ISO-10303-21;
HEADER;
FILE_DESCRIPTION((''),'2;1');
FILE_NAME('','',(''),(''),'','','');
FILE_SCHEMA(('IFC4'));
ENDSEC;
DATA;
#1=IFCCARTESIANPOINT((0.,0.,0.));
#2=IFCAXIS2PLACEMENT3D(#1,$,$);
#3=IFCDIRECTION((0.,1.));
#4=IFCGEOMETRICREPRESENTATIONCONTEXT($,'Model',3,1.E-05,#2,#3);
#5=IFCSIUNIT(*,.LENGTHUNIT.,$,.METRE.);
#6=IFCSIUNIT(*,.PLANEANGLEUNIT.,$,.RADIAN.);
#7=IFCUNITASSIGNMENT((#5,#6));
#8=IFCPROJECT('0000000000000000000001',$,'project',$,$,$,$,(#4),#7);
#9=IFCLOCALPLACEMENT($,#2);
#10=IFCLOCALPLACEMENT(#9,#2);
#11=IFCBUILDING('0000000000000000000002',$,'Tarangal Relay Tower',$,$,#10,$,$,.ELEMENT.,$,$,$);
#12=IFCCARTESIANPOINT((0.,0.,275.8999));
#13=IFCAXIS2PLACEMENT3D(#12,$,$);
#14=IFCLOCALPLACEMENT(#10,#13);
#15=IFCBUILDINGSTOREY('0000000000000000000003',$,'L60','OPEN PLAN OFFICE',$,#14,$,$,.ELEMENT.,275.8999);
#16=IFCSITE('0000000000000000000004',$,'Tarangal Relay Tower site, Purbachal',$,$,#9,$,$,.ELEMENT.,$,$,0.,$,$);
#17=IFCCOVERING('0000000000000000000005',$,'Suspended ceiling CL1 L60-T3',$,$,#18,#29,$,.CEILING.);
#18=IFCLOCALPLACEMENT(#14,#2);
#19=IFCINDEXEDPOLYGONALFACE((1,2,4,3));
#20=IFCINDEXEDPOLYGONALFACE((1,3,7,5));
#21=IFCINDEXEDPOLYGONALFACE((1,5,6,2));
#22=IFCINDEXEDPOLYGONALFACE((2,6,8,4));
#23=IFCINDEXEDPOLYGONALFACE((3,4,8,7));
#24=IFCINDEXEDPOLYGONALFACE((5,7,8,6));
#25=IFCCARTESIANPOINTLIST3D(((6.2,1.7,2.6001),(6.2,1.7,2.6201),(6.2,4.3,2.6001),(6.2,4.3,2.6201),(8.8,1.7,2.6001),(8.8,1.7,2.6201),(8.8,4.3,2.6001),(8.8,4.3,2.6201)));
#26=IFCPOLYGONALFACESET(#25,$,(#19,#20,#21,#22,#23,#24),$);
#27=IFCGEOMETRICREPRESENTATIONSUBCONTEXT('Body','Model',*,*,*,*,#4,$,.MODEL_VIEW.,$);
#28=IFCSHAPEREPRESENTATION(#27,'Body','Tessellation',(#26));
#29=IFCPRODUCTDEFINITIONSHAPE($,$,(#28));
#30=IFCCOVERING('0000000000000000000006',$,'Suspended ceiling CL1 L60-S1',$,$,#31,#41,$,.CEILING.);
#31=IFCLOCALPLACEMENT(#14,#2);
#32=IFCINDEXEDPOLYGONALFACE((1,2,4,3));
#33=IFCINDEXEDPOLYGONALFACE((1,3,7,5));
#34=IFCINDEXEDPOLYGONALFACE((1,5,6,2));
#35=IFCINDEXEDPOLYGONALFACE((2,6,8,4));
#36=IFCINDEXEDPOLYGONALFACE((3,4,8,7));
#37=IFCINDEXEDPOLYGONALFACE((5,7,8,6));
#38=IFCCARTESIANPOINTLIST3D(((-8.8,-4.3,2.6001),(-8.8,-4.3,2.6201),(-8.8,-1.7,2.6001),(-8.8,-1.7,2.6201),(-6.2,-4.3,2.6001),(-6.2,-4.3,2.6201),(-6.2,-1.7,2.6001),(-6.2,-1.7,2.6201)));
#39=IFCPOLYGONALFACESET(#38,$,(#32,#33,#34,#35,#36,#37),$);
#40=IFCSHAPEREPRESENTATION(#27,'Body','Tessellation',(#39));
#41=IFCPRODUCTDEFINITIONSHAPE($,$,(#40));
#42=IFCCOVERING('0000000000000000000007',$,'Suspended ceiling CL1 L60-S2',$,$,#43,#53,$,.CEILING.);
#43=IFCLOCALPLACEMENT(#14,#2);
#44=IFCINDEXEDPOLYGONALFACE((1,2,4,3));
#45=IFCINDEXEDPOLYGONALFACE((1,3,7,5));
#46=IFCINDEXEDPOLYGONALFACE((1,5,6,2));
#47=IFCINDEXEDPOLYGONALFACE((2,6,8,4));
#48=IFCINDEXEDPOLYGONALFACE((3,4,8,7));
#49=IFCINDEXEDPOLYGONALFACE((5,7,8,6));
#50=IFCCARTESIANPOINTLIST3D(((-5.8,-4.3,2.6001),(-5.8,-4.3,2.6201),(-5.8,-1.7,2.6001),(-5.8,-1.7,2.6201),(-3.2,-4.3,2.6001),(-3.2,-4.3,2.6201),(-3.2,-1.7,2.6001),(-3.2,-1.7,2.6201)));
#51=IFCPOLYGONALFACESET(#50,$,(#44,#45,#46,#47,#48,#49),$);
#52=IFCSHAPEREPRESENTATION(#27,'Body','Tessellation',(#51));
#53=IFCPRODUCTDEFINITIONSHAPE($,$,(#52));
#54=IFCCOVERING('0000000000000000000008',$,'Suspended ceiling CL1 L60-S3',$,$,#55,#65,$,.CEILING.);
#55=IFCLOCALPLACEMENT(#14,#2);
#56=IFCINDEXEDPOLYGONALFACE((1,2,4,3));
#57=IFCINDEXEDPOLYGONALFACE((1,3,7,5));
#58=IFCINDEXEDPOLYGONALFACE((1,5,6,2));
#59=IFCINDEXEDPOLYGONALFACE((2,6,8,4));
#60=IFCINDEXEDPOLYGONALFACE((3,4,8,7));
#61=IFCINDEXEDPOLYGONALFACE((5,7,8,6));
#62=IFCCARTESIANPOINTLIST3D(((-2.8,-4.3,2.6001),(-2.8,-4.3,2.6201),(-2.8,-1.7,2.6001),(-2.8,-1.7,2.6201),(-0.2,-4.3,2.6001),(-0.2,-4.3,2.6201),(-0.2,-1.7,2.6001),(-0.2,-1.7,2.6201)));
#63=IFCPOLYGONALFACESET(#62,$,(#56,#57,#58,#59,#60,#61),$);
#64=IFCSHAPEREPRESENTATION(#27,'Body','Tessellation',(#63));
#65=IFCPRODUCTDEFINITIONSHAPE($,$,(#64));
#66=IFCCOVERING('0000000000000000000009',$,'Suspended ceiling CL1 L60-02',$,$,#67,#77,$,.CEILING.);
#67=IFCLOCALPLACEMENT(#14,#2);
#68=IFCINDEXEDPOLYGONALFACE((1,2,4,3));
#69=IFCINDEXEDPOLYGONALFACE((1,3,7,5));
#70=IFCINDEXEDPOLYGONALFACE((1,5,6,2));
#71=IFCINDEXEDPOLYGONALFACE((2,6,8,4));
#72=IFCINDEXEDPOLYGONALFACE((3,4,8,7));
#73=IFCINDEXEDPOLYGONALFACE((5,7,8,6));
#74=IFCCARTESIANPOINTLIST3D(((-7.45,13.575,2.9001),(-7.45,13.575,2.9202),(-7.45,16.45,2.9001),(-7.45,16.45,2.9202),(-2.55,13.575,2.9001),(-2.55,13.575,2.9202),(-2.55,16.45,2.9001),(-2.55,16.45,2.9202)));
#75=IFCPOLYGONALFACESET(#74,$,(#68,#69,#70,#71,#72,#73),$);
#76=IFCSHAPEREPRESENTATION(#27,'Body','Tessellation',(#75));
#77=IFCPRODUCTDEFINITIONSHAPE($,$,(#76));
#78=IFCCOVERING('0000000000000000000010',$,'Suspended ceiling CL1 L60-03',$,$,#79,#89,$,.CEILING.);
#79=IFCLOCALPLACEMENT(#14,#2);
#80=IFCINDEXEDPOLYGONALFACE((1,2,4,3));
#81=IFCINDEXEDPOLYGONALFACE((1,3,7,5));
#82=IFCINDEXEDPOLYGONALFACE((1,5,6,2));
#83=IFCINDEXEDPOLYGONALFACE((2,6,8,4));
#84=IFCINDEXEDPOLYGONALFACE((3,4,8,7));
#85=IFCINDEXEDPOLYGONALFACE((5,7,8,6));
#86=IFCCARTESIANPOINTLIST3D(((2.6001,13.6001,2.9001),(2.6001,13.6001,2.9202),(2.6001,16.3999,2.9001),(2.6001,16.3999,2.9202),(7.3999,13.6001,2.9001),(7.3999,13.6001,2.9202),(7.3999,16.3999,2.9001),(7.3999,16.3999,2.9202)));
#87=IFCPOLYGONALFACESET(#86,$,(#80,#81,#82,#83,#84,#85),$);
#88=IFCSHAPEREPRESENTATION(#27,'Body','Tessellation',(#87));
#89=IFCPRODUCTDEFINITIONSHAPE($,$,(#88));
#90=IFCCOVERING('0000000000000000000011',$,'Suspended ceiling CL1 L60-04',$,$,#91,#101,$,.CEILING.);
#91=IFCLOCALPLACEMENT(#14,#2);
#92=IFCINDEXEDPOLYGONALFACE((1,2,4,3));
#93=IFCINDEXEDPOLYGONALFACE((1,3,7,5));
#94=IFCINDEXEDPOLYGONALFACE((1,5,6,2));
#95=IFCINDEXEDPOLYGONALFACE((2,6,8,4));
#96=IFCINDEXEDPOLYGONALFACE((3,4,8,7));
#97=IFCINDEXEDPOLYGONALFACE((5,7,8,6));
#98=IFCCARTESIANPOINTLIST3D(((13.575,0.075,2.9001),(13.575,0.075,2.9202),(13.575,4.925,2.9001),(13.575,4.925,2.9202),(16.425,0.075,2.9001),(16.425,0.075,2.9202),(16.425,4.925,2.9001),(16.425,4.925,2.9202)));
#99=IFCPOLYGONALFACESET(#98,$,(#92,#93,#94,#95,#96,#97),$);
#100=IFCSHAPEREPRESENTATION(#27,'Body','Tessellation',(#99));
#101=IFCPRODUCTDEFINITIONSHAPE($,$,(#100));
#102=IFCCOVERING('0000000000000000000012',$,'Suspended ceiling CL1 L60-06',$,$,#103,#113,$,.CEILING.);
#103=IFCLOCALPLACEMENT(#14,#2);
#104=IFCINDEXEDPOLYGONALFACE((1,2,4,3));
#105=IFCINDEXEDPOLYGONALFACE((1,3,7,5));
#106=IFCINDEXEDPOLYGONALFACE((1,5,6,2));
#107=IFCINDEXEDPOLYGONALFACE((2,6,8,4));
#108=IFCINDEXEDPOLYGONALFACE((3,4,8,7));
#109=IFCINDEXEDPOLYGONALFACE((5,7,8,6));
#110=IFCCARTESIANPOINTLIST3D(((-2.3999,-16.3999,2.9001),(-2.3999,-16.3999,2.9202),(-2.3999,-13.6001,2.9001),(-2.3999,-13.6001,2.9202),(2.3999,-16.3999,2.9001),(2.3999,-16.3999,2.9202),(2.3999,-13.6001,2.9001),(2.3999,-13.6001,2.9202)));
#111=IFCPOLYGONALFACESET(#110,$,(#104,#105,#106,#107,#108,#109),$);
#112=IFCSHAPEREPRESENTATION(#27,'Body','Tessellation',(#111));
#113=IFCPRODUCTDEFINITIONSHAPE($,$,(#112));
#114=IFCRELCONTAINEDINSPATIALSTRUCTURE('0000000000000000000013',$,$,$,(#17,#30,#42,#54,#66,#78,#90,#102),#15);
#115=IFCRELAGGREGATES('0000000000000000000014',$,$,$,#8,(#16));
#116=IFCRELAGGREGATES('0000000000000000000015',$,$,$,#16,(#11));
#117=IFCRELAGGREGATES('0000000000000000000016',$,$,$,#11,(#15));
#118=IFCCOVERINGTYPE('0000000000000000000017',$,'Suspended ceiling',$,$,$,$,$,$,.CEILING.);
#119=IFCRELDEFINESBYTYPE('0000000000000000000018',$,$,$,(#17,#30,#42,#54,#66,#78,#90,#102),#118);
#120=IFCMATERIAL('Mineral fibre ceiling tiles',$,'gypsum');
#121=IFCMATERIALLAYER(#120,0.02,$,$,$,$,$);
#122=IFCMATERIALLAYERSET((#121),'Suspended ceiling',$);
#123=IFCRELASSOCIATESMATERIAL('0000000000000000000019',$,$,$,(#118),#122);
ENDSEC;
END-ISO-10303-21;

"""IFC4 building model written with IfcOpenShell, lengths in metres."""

from ifc_helpers import new_model, si_unit, direction, frame, origin, place, context, subcontext, project, spatial, polyline, outline, extrude, material, layer, layer_set, type_object, element, save


model = new_model("IFC4")

# Units and contexts
model_context = context("Model", 3, precision=1e-05, world=origin(), true_north=direction((0.0, 1.0)))
body_context = subcontext(model_context, "Body", "Model", "MODEL_VIEW")
ifc_project = project(units=[si_unit("LENGTHUNIT", "METRE"), si_unit("PLANEANGLEUNIT", "RADIAN")], contexts=[model_context])

# Site, building, storey
site_placement = place(None, origin())
site = spatial("IfcSite", under=ifc_project, at=site_placement, Name="Tarangal Relay Tower site, Purbachal", CompositionType="ELEMENT", RefElevation=0.0)
building_placement = place(site_placement, origin())
building = spatial("IfcBuilding", under=site, at=building_placement, Name="Tarangal Relay Tower", CompositionType="ELEMENT")
storey_placement = place(building_placement, frame((0.0, 0.0, 275.8999)))
storey = spatial("IfcBuildingStorey", under=building, at=storey_placement, Name="L60", Description="OPEN PLAN OFFICE", CompositionType="ELEMENT", Elevation=275.8999)

# Coverings
ifc_material_1 = material(Name="Mineral fibre ceiling tiles", Category="gypsum")
ifc_layer_1 = layer(ifc_material_1, 0.02)
ifc_layer_set_1 = layer_set([ifc_layer_1], Name="Suspended ceiling")
covering_type_1 = type_object("IfcCoveringType", Name="Suspended ceiling", PredefinedType="CEILING", material=ifc_layer_set_1)
covering_1_placement = place(storey_placement, frame((0.0, 0.0, 2.6001)))
element("IfcCovering", 1, at=covering_1_placement, inside=storey, type_object=covering_type_1, Name="Suspended ceiling CL1 L60-T3", PredefinedType="CEILING", context=body_context, shape_type="SweptSolid", body=[
    extrude(outline(polyline([(6.2, 1.7), (8.8, 1.7), (8.8, 4.3), (6.2, 4.3), (6.2, 1.7)])), origin(), (0.0, 0.0, 1.0), 0.02),
])
covering_2_placement = place(storey_placement, frame((0.0, 0.0, 2.6001)))
element("IfcCovering", 2, at=covering_2_placement, inside=storey, type_object=covering_type_1, Name="Suspended ceiling CL1 L60-S1", PredefinedType="CEILING", context=body_context, shape_type="SweptSolid", body=[
    extrude(outline(polyline([(-8.8, -4.3), (-6.2, -4.3), (-6.2, -1.7), (-8.8, -1.7), (-8.8, -4.3)])), origin(), (0.0, 0.0, 1.0), 0.02),
])
covering_3_placement = place(storey_placement, frame((0.0, 0.0, 2.6001)))
element("IfcCovering", 3, at=covering_3_placement, inside=storey, type_object=covering_type_1, Name="Suspended ceiling CL1 L60-S2", PredefinedType="CEILING", context=body_context, shape_type="SweptSolid", body=[
    extrude(outline(polyline([(-5.8, -4.3), (-3.2, -4.3), (-3.2, -1.7), (-5.8, -1.7), (-5.8, -4.3)])), origin(), (0.0, 0.0, 1.0), 0.02),
])
covering_4_placement = place(storey_placement, frame((0.0, 0.0, 2.6001)))
element("IfcCovering", 4, at=covering_4_placement, inside=storey, type_object=covering_type_1, Name="Suspended ceiling CL1 L60-S3", PredefinedType="CEILING", context=body_context, shape_type="SweptSolid", body=[
    extrude(outline(polyline([(-2.8, -4.3), (-0.2, -4.3), (-0.2, -1.7), (-2.8, -1.7), (-2.8, -4.3)])), origin(), (0.0, 0.0, 1.0), 0.02),
])
covering_5_placement = place(storey_placement, frame((0.0, 0.0, 2.9001)))
element("IfcCovering", 5, at=covering_5_placement, inside=storey, type_object=covering_type_1, Name="Suspended ceiling CL1 L60-02", PredefinedType="CEILING", context=body_context, shape_type="SweptSolid", body=[
    extrude(outline(polyline([(-7.45, 13.575), (-2.55, 13.575), (-2.55, 16.45), (-7.45, 16.45), (-7.45, 13.575)])), origin(), (0.0, 0.0, 1.0), 0.02),
])
covering_6_placement = place(storey_placement, frame((0.0, 0.0, 2.9001)))
element("IfcCovering", 6, at=covering_6_placement, inside=storey, type_object=covering_type_1, Name="Suspended ceiling CL1 L60-03", PredefinedType="CEILING", context=body_context, shape_type="SweptSolid", body=[
    extrude(outline(polyline([(2.6001, 16.3999), (2.6001, 13.6001), (7.3999, 13.6001), (7.3999, 16.3999), (2.6001, 16.3999)])), origin(), (0.0, 0.0, 1.0), 0.02),
])
covering_7_placement = place(storey_placement, frame((0.0, 0.0, 2.9001)))
element("IfcCovering", 7, at=covering_7_placement, inside=storey, type_object=covering_type_1, Name="Suspended ceiling CL1 L60-04", PredefinedType="CEILING", context=body_context, shape_type="SweptSolid", body=[
    extrude(outline(polyline([(16.425, 0.075), (16.425, 4.925), (13.575, 4.925), (13.575, 0.075), (16.425, 0.075)])), origin(), (0.0, 0.0, 1.0), 0.02),
])
covering_8_placement = place(storey_placement, frame((0.0, 0.0, 2.9001)))
element("IfcCovering", 8, at=covering_8_placement, inside=storey, type_object=covering_type_1, Name="Suspended ceiling CL1 L60-06", PredefinedType="CEILING", context=body_context, shape_type="SweptSolid", body=[
    extrude(outline(polyline([(-2.3999, -16.3999), (2.3999, -16.3999), (2.3999, -13.6001), (-2.3999, -13.6001), (-2.3999, -16.3999)])), origin(), (0.0, 0.0, 1.0), 0.02),
])

save(model, "model.ifc")
